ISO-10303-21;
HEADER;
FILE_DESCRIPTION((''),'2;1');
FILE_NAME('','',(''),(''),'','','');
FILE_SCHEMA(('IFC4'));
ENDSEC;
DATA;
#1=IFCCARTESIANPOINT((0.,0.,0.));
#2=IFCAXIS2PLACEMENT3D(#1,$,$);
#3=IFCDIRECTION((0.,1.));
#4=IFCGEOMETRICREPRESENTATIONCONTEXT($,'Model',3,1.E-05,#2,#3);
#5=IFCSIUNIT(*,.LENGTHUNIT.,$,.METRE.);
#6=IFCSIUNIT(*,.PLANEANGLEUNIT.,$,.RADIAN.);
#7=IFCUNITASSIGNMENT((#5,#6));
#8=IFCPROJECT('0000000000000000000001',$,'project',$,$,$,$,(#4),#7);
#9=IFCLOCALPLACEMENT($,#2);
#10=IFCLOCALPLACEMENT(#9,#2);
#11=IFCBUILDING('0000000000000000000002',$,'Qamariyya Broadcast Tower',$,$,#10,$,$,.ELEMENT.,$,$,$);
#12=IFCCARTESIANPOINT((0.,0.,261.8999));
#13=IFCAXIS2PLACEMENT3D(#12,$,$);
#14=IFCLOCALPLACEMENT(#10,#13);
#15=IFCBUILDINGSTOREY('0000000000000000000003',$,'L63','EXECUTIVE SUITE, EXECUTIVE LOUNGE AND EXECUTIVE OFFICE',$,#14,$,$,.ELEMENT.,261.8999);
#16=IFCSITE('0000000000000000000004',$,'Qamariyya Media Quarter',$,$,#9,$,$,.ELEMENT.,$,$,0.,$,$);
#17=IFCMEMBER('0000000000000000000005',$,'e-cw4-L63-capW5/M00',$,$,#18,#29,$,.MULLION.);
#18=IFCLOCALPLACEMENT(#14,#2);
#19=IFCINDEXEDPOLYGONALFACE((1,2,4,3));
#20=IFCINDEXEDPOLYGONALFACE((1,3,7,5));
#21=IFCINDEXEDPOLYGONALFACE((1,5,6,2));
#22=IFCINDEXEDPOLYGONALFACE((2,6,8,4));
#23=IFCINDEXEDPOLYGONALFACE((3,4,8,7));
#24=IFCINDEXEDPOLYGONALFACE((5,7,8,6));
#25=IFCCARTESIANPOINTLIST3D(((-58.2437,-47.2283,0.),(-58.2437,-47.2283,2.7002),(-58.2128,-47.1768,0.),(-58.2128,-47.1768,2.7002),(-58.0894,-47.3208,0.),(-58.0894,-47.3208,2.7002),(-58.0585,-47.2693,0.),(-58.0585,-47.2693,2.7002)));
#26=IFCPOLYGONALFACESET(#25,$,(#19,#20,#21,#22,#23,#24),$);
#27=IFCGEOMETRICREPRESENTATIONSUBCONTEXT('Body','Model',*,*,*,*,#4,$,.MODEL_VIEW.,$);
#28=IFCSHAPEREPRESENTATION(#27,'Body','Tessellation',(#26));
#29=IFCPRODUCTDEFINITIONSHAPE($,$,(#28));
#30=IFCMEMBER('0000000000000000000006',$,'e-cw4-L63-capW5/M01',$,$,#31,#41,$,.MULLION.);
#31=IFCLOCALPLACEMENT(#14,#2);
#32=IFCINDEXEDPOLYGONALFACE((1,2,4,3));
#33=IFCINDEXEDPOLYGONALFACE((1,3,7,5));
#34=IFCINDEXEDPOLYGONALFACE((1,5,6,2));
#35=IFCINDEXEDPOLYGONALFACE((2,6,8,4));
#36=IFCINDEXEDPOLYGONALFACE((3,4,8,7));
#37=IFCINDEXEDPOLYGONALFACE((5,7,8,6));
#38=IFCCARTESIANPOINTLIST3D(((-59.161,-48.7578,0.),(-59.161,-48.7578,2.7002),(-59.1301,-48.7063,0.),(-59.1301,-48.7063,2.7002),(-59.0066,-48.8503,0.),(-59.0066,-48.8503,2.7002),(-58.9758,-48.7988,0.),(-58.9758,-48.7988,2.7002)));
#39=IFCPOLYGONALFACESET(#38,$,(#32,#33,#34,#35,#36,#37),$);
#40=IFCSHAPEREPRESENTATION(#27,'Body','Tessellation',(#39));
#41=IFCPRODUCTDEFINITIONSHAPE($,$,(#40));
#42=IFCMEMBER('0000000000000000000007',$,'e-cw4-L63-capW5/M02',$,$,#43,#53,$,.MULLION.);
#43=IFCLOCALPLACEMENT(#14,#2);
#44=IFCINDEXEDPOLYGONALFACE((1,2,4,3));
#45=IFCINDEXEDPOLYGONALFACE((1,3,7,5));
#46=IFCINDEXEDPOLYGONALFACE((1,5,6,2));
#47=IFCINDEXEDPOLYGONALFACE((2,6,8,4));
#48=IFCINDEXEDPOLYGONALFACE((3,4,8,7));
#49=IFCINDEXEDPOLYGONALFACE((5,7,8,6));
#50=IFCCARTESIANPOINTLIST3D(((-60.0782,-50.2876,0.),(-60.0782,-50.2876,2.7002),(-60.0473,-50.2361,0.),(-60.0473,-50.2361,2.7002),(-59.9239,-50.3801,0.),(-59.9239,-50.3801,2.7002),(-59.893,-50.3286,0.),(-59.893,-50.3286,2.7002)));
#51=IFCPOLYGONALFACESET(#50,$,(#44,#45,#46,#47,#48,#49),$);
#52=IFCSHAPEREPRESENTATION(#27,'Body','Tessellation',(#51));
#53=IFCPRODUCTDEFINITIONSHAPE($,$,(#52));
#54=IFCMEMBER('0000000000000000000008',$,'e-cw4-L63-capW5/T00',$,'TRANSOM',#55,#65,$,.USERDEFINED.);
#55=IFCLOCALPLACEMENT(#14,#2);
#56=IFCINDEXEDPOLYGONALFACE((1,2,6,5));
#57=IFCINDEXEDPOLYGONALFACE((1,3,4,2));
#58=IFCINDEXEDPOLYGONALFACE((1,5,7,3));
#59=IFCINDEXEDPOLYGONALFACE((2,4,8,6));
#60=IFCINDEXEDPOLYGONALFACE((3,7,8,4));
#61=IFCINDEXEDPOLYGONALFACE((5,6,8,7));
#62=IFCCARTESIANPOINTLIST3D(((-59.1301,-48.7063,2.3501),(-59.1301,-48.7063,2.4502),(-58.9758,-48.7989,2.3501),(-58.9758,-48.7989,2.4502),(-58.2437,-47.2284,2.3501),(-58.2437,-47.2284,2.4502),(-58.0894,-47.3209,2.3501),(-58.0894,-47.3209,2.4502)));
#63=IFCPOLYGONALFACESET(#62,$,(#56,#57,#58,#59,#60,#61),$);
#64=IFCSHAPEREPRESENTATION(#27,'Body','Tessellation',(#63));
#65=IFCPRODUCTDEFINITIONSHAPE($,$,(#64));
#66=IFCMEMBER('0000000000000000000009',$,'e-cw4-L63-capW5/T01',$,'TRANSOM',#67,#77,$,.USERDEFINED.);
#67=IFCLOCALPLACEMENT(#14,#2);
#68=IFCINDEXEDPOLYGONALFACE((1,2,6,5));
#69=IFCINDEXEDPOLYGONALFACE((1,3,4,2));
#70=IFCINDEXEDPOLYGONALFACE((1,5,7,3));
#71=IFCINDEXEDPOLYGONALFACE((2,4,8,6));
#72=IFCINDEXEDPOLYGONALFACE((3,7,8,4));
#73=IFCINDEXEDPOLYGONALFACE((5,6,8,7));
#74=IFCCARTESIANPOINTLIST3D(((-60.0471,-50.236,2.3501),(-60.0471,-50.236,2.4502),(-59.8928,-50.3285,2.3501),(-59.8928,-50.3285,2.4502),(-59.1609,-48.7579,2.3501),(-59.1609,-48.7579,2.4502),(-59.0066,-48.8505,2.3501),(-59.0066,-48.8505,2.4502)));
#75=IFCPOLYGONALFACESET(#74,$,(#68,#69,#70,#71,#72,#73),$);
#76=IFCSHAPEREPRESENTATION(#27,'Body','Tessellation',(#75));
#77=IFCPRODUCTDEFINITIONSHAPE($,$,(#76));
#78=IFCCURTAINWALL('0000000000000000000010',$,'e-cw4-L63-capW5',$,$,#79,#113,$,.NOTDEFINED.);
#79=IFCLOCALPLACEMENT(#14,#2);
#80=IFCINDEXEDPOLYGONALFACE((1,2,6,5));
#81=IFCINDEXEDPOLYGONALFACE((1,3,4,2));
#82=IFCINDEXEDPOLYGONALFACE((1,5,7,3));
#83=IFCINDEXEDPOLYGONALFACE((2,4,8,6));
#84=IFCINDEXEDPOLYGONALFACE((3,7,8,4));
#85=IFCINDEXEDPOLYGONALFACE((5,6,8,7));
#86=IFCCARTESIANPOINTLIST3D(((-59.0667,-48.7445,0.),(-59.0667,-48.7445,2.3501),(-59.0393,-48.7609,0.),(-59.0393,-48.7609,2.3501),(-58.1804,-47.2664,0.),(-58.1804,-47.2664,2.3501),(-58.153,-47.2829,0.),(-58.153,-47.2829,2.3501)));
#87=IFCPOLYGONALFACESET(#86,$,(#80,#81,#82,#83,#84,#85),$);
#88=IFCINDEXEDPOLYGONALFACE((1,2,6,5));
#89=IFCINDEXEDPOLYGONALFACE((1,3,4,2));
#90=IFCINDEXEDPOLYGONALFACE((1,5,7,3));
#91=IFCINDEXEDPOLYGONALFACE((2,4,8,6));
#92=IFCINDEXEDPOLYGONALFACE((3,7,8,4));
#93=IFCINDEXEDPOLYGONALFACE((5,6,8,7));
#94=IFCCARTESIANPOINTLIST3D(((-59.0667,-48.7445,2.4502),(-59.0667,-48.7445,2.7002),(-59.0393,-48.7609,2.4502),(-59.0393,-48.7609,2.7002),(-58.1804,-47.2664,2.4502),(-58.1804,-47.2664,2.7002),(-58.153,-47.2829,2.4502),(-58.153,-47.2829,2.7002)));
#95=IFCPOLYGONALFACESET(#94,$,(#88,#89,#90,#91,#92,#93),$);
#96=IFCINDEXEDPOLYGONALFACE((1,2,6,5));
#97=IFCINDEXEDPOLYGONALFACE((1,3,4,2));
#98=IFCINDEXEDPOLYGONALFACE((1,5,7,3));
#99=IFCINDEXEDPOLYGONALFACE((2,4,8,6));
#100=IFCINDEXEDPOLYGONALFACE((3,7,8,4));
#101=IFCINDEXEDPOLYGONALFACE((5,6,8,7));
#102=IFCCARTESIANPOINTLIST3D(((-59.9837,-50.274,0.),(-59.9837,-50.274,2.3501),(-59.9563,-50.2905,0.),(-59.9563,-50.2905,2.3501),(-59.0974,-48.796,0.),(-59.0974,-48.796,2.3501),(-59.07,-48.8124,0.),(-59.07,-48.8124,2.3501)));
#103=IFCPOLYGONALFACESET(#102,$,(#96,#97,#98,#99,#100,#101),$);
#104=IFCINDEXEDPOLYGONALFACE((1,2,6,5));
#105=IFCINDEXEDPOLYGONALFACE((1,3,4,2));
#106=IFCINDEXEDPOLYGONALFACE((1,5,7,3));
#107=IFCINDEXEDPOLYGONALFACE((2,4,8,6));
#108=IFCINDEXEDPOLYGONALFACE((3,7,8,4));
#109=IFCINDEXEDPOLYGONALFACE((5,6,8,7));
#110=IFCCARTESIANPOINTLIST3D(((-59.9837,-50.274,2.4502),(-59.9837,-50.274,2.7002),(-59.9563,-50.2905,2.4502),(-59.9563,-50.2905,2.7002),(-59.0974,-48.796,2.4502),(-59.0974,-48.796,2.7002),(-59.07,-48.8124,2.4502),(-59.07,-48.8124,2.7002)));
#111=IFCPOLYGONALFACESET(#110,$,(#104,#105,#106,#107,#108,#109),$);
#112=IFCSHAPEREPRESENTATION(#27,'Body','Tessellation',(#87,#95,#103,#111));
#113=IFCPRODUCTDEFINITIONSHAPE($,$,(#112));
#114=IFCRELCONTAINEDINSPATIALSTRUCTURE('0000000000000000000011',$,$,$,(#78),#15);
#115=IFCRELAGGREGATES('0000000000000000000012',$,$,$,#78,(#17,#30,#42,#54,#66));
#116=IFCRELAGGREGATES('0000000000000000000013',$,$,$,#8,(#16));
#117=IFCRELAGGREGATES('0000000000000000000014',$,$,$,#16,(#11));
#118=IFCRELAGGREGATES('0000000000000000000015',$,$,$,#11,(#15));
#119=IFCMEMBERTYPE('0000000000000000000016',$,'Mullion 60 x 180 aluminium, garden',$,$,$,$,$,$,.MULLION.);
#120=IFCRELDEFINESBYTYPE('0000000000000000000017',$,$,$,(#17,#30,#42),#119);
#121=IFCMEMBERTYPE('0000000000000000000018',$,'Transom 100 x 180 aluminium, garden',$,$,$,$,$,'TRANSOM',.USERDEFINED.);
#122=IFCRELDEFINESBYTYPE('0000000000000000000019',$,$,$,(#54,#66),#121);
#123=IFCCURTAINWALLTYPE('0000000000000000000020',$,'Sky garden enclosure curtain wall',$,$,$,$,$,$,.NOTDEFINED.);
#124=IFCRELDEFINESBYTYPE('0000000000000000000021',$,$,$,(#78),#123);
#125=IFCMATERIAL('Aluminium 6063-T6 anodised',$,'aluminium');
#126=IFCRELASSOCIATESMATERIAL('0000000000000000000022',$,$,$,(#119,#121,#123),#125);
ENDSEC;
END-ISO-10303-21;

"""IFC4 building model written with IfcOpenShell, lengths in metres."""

from ifc_helpers import new_model, si_unit, direction, frame, origin, origin_2d, place, context, subcontext, project, spatial, rectangle, extrude, material, material_profile, profile_set, type_object, element, aggregate, save


model = new_model("IFC4")

# Units and contexts
model_context = context("Model", 3, precision=1e-05, world=origin(), true_north=direction((0.0, 1.0)))
body_context = subcontext(model_context, "Body", "Model", "MODEL_VIEW")
ifc_project = project(units=[si_unit("LENGTHUNIT", "METRE"), si_unit("PLANEANGLEUNIT", "RADIAN")], contexts=[model_context])

# Members
ifc_material = material(Name="Aluminium 6063-T6 anodised", Category="aluminium")
ifc_material_profile_1 = material_profile(ifc_material, rectangle(XDim=0.1799, YDim=0.0601, at=origin_2d()))
ifc_profile_set_1 = profile_set([ifc_material_profile_1], Name="Aluminium 6063-T6 anodised")
member_type_1 = type_object("IfcMemberType", Name="Mullion 60 x 180 aluminium, garden", PredefinedType="MULLION", material=ifc_profile_set_1)
site_placement = place(None, origin())
building_placement = place(site_placement, origin())
storey_placement = place(building_placement, frame((0.0, 0.0, 261.8999)))
member_1_placement = place(storey_placement, frame((-58.1511, -47.2488, 0.0), z_axis=(0.0, 0.0, 1.0), x_axis=(0.857638, -0.514253, 0.0)))
member_1 = element("IfcMember", 1, at=member_1_placement, type_object=member_type_1, Name="e-cw4-L63-capW5/M00", PredefinedType="MULLION", context=body_context, shape_type="SweptSolid", body=[
    extrude(rectangle(XDim=0.1799, YDim=0.0601, at=origin_2d()), origin(), (0.0, 0.0, 1.0), 2.7002),
])
member_2_placement = place(storey_placement, frame((-59.0684, -48.7783, 0.0), z_axis=(0.0, 0.0, 1.0), x_axis=(0.857638, -0.514253, 0.0)))
member_2 = element("IfcMember", 2, at=member_2_placement, type_object=member_type_1, Name="e-cw4-L63-capW5/M01", PredefinedType="MULLION", context=body_context, shape_type="SweptSolid", body=[
    extrude(rectangle(XDim=0.1799, YDim=0.0601, at=origin_2d()), origin(), (0.0, 0.0, 1.0), 2.7002),
])
member_3_placement = place(storey_placement, frame((-59.9856, -50.3081, 0.0), z_axis=(0.0, 0.0, 1.0), x_axis=(0.857638, -0.514253, 0.0)))
member_3 = element("IfcMember", 3, at=member_3_placement, type_object=member_type_1, Name="e-cw4-L63-capW5/M02", PredefinedType="MULLION", context=body_context, shape_type="SweptSolid", body=[
    extrude(rectangle(XDim=0.1799, YDim=0.0601, at=origin_2d()), origin(), (0.0, 0.0, 1.0), 2.7002),
])
ifc_material_profile_2 = material_profile(ifc_material, rectangle(XDim=0.1799, YDim=0.1001, at=origin_2d()))
ifc_profile_set_2 = profile_set([ifc_material_profile_2], Name="Aluminium 6063-T6 anodised")
member_type_2 = type_object("IfcMemberType", Name="Transom 100 x 180 aluminium, garden", ElementType="TRANSOM", PredefinedType="USERDEFINED", material=ifc_profile_set_2)
member_4_placement = place(storey_placement, frame((-58.1665, -47.2747, 2.4001), z_axis=(-0.51435, -0.85758, 0.0), x_axis=(0.85758, -0.51435, 0.0)))
member_4 = element("IfcMember", 4, at=member_4_placement, type_object=member_type_2, Name="e-cw4-L63-capW5/T00", ObjectType="TRANSOM", PredefinedType="USERDEFINED", context=body_context, shape_type="SweptSolid", body=[
    extrude(rectangle(XDim=0.1799, YDim=0.1001, at=origin_2d()), origin(), (0.0, 0.0, 1.0), 1.7234),
])
member_5_placement = place(storey_placement, frame((-59.0837, -48.8042, 2.4001), z_axis=(-0.514246, -0.857643, 0.0), x_axis=(0.857643, -0.514246, 0.0)))
member_5 = element("IfcMember", 5, at=member_5_placement, type_object=member_type_2, Name="e-cw4-L63-capW5/T01", ObjectType="TRANSOM", PredefinedType="USERDEFINED", context=body_context, shape_type="SweptSolid", body=[
    extrude(rectangle(XDim=0.1799, YDim=0.1001, at=origin_2d()), origin(), (0.0, 0.0, 1.0), 1.7234),
])

# Site, building, storey
site = spatial("IfcSite", under=ifc_project, at=site_placement, Name="Qamariyya Media Quarter", CompositionType="ELEMENT", RefElevation=0.0)
building = spatial("IfcBuilding", under=site, at=building_placement, Name="Qamariyya Broadcast Tower", CompositionType="ELEMENT")
storey = spatial("IfcBuildingStorey", under=building, at=storey_placement, Name="L63", Description="EXECUTIVE SUITE, EXECUTIVE LOUNGE AND EXECUTIVE OFFICE", CompositionType="ELEMENT", Elevation=261.8999)

# Curtain wall
curtain_wall_type = type_object("IfcCurtainWallType", Name="Sky garden enclosure curtain wall", PredefinedType="NOTDEFINED", material=ifc_material)
curtain_wall_1_placement = place(storey_placement, origin())
curtain_wall_1 = element("IfcCurtainWall", 6, at=curtain_wall_1_placement, inside=storey, type_object=curtain_wall_type, Name="e-cw4-L63-capW5", PredefinedType="NOTDEFINED", context=body_context, shape_type="SweptSolid", body=[
    extrude(rectangle(XDim=1.7234, YDim=0.032, at=origin_2d()), frame((-58.6099, -48.0137, 0.0), x_axis=(-0.514268, -0.85763, 0.0)), (0.0, 0.0, 1.0), 2.3501),
    extrude(rectangle(XDim=1.7234, YDim=0.032, at=origin_2d()), frame((-58.6099, -48.0137, 2.4502), x_axis=(-0.514268, -0.85763, 0.0)), (0.0, 0.0, 1.0), 0.25),
    extrude(rectangle(XDim=1.7234, YDim=0.032, at=origin_2d()), frame((-59.5269, -49.5432, 0.0), x_axis=(-0.514268, -0.85763, 0.0)), (0.0, 0.0, 1.0), 2.3501),
    extrude(rectangle(XDim=1.7234, YDim=0.032, at=origin_2d()), frame((-59.5269, -49.5432, 2.4502), x_axis=(-0.514268, -0.85763, 0.0)), (0.0, 0.0, 1.0), 0.25),
])
aggregate(curtain_wall_1, [member_1, member_2, member_3, member_4, member_5])

save(model, "model.ifc")
